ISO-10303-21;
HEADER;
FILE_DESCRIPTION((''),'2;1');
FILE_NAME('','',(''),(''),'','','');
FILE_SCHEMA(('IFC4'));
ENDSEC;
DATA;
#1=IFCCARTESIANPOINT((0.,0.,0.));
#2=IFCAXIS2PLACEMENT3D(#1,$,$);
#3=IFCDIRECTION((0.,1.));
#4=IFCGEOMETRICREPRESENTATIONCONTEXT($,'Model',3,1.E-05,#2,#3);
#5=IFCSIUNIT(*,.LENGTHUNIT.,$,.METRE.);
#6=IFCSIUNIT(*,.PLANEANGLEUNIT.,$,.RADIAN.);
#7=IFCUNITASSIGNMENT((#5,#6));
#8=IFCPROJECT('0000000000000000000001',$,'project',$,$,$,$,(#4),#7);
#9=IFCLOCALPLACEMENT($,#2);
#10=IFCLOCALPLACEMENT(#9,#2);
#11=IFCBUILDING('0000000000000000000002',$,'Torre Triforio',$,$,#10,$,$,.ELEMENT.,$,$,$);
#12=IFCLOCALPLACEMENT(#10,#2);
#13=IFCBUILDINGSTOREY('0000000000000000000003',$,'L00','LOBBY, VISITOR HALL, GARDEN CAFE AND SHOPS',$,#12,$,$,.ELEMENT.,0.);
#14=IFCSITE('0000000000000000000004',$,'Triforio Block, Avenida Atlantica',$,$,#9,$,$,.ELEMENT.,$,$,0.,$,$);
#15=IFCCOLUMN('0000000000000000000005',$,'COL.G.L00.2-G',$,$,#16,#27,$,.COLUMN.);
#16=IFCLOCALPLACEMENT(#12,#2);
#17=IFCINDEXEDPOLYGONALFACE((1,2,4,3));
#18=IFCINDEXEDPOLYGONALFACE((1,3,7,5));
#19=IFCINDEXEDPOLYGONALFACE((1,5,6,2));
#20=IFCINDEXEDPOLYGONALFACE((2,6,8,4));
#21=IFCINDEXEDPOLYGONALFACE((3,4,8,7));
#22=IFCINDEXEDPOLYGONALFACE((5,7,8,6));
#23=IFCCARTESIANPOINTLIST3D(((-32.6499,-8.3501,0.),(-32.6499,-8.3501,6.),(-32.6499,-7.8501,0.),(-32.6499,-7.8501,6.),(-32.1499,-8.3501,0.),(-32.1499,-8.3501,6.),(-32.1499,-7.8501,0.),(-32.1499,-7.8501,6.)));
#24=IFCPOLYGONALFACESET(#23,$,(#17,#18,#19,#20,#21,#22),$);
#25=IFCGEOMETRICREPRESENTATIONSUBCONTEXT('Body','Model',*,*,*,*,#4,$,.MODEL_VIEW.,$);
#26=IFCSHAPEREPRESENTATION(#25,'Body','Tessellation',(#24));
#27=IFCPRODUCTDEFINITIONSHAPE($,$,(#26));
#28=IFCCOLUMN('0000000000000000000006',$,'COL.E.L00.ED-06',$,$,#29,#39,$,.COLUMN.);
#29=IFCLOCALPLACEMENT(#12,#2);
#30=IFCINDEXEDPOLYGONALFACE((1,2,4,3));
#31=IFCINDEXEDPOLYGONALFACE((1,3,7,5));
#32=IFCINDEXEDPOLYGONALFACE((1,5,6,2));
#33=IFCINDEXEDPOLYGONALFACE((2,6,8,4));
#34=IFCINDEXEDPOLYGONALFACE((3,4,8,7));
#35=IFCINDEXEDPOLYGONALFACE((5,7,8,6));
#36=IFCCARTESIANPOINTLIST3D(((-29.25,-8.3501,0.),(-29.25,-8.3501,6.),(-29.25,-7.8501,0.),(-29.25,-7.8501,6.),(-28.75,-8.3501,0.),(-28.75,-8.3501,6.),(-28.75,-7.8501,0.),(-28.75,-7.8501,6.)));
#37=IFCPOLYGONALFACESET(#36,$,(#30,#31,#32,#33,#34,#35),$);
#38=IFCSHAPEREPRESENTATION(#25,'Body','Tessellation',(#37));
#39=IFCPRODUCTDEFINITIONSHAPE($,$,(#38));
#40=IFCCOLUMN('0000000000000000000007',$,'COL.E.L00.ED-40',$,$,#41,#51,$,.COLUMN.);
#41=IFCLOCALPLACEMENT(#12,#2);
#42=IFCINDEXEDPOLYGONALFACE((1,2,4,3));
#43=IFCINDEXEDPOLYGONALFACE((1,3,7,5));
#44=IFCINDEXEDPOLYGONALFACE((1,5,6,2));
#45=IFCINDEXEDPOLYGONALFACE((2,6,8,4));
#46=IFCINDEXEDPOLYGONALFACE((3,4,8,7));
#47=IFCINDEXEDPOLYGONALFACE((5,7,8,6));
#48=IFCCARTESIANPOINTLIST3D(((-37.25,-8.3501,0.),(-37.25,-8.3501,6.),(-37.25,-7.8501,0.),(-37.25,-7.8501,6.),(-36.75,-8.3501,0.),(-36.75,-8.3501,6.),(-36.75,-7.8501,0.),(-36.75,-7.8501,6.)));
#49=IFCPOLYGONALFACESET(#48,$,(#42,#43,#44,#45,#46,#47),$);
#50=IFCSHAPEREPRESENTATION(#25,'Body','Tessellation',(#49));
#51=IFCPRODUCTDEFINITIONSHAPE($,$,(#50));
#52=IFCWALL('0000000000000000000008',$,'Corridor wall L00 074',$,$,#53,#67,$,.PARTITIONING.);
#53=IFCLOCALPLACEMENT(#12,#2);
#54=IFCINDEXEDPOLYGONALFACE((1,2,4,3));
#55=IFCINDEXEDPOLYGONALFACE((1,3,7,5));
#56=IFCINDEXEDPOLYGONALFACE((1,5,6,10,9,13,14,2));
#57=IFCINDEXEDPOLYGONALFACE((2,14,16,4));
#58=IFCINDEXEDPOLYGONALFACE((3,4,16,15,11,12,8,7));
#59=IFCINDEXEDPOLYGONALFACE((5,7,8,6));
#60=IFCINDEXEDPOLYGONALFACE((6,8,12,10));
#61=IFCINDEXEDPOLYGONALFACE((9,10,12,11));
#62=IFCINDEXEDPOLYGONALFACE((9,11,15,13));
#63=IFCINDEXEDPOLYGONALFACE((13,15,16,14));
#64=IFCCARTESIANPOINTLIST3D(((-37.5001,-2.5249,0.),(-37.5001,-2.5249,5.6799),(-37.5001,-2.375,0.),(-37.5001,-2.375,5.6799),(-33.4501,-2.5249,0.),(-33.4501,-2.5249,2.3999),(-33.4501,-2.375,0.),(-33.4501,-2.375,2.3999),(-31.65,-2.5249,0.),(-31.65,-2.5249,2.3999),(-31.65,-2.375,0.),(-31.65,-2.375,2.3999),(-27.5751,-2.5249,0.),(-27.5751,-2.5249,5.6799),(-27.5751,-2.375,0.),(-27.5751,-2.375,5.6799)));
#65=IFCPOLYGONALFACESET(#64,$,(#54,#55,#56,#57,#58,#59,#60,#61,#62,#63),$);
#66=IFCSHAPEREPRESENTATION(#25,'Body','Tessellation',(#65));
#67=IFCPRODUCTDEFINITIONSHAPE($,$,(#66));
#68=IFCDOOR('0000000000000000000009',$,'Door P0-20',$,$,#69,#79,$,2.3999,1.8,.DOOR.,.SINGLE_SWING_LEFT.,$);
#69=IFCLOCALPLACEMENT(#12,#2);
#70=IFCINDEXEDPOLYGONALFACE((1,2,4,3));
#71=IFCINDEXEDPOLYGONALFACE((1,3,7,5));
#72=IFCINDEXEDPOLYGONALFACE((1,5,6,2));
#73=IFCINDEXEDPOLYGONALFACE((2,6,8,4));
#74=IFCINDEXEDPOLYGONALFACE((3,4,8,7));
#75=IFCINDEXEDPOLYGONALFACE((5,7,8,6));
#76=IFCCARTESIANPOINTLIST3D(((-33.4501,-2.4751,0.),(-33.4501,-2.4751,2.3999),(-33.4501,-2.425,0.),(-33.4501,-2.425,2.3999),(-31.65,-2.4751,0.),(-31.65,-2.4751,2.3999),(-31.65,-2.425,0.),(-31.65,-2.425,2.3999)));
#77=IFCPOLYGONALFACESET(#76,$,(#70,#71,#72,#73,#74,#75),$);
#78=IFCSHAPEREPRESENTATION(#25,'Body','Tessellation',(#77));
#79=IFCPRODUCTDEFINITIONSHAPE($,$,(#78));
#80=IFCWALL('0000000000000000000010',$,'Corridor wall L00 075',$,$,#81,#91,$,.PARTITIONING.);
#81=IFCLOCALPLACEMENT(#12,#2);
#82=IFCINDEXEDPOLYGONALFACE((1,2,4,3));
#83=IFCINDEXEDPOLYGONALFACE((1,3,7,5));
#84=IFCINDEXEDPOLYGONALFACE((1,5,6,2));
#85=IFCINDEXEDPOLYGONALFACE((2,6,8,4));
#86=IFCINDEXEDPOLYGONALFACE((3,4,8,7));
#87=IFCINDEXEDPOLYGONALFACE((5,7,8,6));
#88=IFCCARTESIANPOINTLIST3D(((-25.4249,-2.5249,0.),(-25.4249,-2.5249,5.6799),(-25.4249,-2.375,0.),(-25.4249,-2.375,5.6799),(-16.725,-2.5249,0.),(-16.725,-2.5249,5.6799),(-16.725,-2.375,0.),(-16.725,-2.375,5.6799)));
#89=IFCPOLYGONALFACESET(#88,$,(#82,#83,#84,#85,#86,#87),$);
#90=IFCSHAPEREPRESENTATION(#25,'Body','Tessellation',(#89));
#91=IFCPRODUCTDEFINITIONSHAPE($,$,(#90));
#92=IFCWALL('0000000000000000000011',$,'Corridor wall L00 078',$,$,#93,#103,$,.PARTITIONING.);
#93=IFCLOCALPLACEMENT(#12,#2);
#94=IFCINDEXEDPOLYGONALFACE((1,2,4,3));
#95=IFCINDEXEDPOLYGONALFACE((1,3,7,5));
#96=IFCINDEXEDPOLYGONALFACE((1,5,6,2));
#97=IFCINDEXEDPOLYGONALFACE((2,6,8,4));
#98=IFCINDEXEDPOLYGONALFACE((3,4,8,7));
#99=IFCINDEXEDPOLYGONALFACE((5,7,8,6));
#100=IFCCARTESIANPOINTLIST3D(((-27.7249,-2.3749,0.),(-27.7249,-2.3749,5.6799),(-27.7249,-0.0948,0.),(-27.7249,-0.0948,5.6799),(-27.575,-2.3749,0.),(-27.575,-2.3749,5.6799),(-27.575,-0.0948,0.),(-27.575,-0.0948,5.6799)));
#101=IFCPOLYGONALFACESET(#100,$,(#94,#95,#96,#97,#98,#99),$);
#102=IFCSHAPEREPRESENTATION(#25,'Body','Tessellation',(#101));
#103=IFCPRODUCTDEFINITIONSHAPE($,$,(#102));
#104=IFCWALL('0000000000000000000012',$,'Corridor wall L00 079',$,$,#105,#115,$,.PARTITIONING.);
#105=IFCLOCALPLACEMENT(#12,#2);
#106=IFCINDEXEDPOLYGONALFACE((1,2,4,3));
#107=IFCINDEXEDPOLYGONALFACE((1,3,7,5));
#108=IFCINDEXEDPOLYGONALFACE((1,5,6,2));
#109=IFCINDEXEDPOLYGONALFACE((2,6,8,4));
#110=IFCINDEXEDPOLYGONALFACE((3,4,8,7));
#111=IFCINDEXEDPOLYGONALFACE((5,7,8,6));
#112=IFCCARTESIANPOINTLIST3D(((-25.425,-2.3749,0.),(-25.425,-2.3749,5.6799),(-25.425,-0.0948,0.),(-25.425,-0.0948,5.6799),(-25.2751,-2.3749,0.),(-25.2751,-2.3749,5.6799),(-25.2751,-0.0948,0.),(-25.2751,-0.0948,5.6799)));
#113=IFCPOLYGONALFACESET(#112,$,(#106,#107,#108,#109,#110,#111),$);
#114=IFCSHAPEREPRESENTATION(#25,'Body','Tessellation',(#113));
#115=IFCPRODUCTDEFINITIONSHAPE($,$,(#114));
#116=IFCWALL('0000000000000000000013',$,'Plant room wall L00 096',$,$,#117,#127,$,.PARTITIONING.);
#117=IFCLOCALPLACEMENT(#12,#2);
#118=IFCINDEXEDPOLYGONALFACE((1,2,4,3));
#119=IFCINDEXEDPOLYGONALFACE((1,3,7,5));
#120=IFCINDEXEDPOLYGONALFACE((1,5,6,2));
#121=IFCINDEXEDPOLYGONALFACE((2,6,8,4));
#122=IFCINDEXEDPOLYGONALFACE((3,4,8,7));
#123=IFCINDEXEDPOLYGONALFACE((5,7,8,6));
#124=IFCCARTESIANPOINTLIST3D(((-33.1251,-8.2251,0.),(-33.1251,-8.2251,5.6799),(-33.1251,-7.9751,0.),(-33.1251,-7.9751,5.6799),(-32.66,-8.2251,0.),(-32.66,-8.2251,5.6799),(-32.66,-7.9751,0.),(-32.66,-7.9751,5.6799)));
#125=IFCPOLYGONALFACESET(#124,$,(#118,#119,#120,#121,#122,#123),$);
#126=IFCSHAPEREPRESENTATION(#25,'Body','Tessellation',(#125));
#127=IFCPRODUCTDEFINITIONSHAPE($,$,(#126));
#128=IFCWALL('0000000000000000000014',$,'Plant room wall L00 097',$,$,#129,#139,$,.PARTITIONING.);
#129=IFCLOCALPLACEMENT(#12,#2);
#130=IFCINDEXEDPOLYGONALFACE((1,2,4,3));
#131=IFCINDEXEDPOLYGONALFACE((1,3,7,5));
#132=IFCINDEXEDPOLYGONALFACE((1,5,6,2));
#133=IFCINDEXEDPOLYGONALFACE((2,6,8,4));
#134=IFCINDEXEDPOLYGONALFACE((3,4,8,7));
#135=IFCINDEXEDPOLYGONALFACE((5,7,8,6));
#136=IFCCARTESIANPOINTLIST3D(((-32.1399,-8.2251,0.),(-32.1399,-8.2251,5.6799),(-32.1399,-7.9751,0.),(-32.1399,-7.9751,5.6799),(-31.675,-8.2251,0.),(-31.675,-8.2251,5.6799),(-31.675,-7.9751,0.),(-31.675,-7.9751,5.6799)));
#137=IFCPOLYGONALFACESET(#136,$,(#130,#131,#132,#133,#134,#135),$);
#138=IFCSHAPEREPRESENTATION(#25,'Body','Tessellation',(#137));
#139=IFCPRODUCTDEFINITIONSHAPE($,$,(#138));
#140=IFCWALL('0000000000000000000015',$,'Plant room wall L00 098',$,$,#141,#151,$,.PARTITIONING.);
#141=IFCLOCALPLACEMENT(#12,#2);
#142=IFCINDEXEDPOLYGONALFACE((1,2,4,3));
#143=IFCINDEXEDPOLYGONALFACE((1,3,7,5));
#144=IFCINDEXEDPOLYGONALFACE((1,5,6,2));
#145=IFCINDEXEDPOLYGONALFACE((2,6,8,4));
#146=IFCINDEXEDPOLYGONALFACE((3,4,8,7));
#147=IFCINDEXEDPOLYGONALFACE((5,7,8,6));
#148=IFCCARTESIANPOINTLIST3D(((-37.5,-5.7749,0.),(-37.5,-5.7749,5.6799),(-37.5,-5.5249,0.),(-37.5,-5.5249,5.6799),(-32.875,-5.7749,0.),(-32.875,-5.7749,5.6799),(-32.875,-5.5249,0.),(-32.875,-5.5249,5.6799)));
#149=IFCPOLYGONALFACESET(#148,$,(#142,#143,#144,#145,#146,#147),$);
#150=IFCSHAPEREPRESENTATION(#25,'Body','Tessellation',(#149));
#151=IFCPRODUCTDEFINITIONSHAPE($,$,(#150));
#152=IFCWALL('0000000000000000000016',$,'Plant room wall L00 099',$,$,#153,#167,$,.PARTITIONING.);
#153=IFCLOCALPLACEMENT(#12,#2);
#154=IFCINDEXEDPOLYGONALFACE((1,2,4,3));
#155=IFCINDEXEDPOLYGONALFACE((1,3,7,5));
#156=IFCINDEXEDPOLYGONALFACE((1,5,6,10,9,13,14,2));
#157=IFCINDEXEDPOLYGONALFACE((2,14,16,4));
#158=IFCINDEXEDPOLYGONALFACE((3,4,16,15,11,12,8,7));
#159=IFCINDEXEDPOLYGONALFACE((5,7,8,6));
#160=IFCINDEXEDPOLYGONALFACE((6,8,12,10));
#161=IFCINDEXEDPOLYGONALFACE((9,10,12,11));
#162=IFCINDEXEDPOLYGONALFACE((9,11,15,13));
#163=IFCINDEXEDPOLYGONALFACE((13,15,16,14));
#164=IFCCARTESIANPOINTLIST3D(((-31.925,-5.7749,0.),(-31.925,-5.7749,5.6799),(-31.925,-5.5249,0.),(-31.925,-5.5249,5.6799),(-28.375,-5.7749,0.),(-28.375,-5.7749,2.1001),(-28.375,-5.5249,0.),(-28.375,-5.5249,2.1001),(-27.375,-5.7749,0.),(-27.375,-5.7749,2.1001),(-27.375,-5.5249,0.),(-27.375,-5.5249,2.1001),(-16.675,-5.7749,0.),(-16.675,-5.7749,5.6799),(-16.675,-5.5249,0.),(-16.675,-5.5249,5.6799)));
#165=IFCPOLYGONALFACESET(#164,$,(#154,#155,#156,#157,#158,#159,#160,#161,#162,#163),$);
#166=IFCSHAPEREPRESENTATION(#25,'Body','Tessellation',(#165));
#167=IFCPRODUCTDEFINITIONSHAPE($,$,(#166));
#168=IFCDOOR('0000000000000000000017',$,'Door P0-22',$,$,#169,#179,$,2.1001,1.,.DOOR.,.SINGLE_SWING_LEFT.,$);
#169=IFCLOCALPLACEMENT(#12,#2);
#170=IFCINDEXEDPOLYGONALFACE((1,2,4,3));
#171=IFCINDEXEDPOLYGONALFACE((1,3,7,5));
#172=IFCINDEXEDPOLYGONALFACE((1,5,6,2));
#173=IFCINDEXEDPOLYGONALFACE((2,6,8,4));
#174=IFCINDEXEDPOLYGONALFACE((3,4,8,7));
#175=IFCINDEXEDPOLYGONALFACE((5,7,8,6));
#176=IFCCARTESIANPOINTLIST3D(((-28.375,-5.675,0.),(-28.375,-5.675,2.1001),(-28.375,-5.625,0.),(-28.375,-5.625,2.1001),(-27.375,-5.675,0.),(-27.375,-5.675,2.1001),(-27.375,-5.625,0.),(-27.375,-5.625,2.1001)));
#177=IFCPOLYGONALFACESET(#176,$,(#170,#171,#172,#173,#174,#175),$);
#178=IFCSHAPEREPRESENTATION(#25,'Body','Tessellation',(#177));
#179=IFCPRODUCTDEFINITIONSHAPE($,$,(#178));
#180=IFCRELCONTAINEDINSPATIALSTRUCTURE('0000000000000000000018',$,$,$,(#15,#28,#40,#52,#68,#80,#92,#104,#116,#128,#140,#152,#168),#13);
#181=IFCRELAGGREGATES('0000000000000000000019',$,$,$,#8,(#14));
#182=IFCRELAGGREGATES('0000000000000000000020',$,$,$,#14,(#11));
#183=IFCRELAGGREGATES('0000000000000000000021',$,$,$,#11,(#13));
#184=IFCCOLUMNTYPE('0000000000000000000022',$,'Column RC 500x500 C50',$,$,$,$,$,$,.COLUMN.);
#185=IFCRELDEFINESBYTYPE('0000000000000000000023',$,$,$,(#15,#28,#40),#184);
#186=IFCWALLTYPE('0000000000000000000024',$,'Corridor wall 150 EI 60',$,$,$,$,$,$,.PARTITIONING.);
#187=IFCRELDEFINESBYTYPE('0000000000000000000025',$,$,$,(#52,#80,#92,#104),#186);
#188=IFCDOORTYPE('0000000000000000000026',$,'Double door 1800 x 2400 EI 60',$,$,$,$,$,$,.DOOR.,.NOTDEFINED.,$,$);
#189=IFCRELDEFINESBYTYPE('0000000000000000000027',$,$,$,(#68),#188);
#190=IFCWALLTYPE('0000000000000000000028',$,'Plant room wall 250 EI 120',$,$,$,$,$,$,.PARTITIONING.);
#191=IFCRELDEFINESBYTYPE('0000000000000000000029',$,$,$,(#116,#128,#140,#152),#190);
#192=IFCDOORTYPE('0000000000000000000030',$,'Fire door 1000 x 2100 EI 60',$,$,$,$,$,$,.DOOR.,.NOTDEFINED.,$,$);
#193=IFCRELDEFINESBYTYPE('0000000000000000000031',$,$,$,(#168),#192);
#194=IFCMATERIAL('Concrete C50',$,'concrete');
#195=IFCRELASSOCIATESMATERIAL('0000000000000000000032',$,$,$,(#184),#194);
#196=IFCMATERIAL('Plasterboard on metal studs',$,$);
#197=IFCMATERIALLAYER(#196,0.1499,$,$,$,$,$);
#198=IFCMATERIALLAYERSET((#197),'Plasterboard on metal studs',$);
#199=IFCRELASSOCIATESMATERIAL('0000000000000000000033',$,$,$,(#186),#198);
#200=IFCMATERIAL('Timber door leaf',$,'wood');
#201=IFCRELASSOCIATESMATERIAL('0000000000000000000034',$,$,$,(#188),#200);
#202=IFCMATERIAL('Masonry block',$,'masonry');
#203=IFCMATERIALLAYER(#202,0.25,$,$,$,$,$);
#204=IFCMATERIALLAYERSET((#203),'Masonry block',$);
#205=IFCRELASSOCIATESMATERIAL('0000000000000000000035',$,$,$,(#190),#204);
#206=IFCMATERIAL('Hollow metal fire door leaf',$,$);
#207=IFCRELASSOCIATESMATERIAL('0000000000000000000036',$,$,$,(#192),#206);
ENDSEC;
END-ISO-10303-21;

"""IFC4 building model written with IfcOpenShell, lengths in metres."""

from ifc_helpers import new_model, si_unit, direction, frame, frame_2d, origin, origin_2d, place, context, subcontext, project, spatial, rectangle, extrude, material, layer, layer_set, material_profile, profile_set, type_object, element, fill, save


model = new_model("IFC4")

# Units and contexts
model_context = context("Model", 3, precision=1e-05, world=origin(), true_north=direction((0.0, 1.0)))
body_context = subcontext(model_context, "Body", "Model", "MODEL_VIEW")
ifc_project = project(units=[si_unit("LENGTHUNIT", "METRE"), si_unit("PLANEANGLEUNIT", "RADIAN")], contexts=[model_context])

# Site, building, storey
site_placement = place(None, origin())
site = spatial("IfcSite", under=ifc_project, at=site_placement, Name="Triforio Block, Avenida Atlantica", CompositionType="ELEMENT", RefElevation=0.0)
building_placement = place(site_placement, origin())
building = spatial("IfcBuilding", under=site, at=building_placement, Name="Torre Triforio", CompositionType="ELEMENT")
storey_placement = place(building_placement, origin())
storey = spatial("IfcBuildingStorey", under=building, at=storey_placement, Name="L00", Description="LOBBY, VISITOR HALL, GARDEN CAFE AND SHOPS", CompositionType="ELEMENT", Elevation=0.0)

# Columns
ifc_material_1 = material(Name="Concrete C50", Category="concrete")
ifc_material_profile = material_profile(ifc_material_1, rectangle(XDim=0.5, YDim=0.5, at=origin_2d()), Name="RC 500x500")
ifc_profile_set = profile_set([ifc_material_profile], Name="Concrete C50")
column_type = type_object("IfcColumnType", Name="Column RC 500x500 C50", PredefinedType="COLUMN", material=ifc_profile_set)
for number, where, z_axis, x_axis, name in (
    (1, (-32.3999, -8.1001, 0.0), (0.0, 0.0, 1.0), (1.0, 0.0, 0.0), "COL.G.L00.2-G"),
    (2, (-29.0, -8.1001, 0.0), (0.0, 0.0, 1.0), (1.0, 0.0, 0.0), "COL.E.L00.ED-06"),
    (3, (-37.0, -8.1001, 0.0), (0.0, 0.0, 1.0), (1.0, 0.0, 0.0), "COL.E.L00.ED-40"),
):
    element("IfcColumn", number, at=place(storey_placement, frame(where, z_axis=z_axis, x_axis=x_axis)), inside=storey, type_object=column_type, Name=name, PredefinedType="COLUMN", context=body_context, shape_type="SweptSolid", body=[
        extrude(rectangle(XDim=0.5, YDim=0.5, at=origin_2d()), origin(), (0.0, 0.0, 1.0), 6.0),
    ])

# Wall, opening, door
ifc_material_2 = material(Name="Plasterboard on metal studs")
ifc_layer_1 = layer(ifc_material_2, 0.1499)
ifc_layer_set_1 = layer_set([ifc_layer_1], Name="Plasterboard on metal studs")
wall_type_1 = type_object("IfcWallType", Name="Corridor wall 150 EI 60", PredefinedType="PARTITIONING", material=ifc_layer_set_1)
wall_1_placement = place(storey_placement, frame((-37.5, -2.45, 0.0), z_axis=(0.0, 0.0, 1.0), x_axis=(1.0, 0.0, 0.0)))
wall_1 = element("IfcWall", 4, at=wall_1_placement, inside=storey, type_object=wall_type_1, Name="Corridor wall L00 074", PredefinedType="PARTITIONING", context=body_context, shape_type="SweptSolid", body=[
    extrude(rectangle(XDim=9.925, YDim=0.1499, at=frame_2d((4.9624, 0.0))), origin(), (0.0, 0.0, 1.0), 5.6799),
])
opening_1_placement = place(wall_1_placement, frame((4.05, 0.0, 0.0)))
opening_1 = element("IfcOpeningElement", 5, at=opening_1_placement, cuts=wall_1, PredefinedType="OPENING", context=body_context, shape_type="SweptSolid", body=[
    extrude(rectangle(XDim=1.8, YDim=2.3999, at=frame_2d((0.8999, 1.2))), frame((0.0, 0.085, 0.0), z_axis=(0.0, -1.0, 0.0), x_axis=(1.0, 0.0, 0.0)), (0.0, 0.0, 1.0), 0.1699),
])
ifc_material_3 = material(Name="Timber door leaf", Category="wood")
door_type_1 = type_object("IfcDoorType", Name="Double door 1800 x 2400 EI 60", OperationType="NOTDEFINED", PredefinedType="DOOR", material=ifc_material_3)
door_1_placement = place(opening_1_placement, origin())
door_1 = element("IfcDoor", 6, at=door_1_placement, inside=storey, type_object=door_type_1, Name="Door P0-20", OperationType="SINGLE_SWING_LEFT", OverallHeight=2.3999, OverallWidth=1.8, PredefinedType="DOOR", context=body_context, shape_type="SweptSolid", body=[
    extrude(rectangle(XDim=1.8, YDim=2.3999, at=frame_2d((0.8999, 1.2))), frame((0.0, 0.0249, 0.0), z_axis=(0.0, -1.0, 0.0), x_axis=(1.0, 0.0, 0.0)), (0.0, 0.0, 1.0), 0.05),
])
fill(opening_1, door_1)

# Walls
wall_2_placement = place(storey_placement, frame((-25.425, -2.45, 0.0), z_axis=(0.0, 0.0, 1.0), x_axis=(1.0, 0.0, 0.0)))
element("IfcWall", 7, at=wall_2_placement, inside=storey, type_object=wall_type_1, Name="Corridor wall L00 075", PredefinedType="PARTITIONING", context=body_context, shape_type="SweptSolid", body=[
    extrude(rectangle(XDim=8.7, YDim=0.1499, at=frame_2d((4.3501, 0.0))), origin(), (0.0, 0.0, 1.0), 5.6799),
])
for number, where, z_axis, x_axis, name in (
    (8, (-27.6499, -2.375, 0.0), (0.0, 0.0, 1.0), (0.0, 1.0, 0.0), "Corridor wall L00 078"),
    (9, (-25.3501, -2.375, 0.0), (0.0, 0.0, 1.0), (0.0, 1.0, 0.0), "Corridor wall L00 079"),
):
    element("IfcWall", number, at=place(storey_placement, frame(where, z_axis=z_axis, x_axis=x_axis)), inside=storey, type_object=wall_type_1, Name=name, PredefinedType="PARTITIONING", context=body_context, shape_type="SweptSolid", body=[
        extrude(rectangle(XDim=2.28, YDim=0.1499, at=frame_2d((1.1401, 0.0))), origin(), (0.0, 0.0, 1.0), 5.6799),
    ])
ifc_material_4 = material(Name="Masonry block", Category="masonry")
ifc_layer_2 = layer(ifc_material_4, 0.25)
ifc_layer_set_2 = layer_set([ifc_layer_2], Name="Masonry block")
wall_type_2 = type_object("IfcWallType", Name="Plant room wall 250 EI 120", PredefinedType="PARTITIONING", material=ifc_layer_set_2)
wall_3_placement = place(storey_placement, frame((-33.125, -8.1001, 0.0), z_axis=(0.0, 0.0, 1.0), x_axis=(1.0, 0.0, 0.0)))
element("IfcWall", 10, at=wall_3_placement, inside=storey, type_object=wall_type_2, Name="Plant room wall L00 096", PredefinedType="PARTITIONING", context=body_context, shape_type="SweptSolid", body=[
    extrude(rectangle(XDim=0.4651, YDim=0.25, at=frame_2d((0.2324, 0.0))), origin(), (0.0, 0.0, 1.0), 5.6799),
])
wall_4_placement = place(storey_placement, frame((-32.1399, -8.1001, 0.0), z_axis=(0.0, 0.0, 1.0), x_axis=(1.0, 0.0, 0.0)))
element("IfcWall", 11, at=wall_4_placement, inside=storey, type_object=wall_type_2, Name="Plant room wall L00 097", PredefinedType="PARTITIONING", context=body_context, shape_type="SweptSolid", body=[
    extrude(rectangle(XDim=0.4648, YDim=0.25, at=frame_2d((0.2324, 0.0))), origin(), (0.0, 0.0, 1.0), 5.6799),
])
wall_5_placement = place(storey_placement, frame((-37.5, -5.6499, 0.0), z_axis=(0.0, 0.0, 1.0), x_axis=(1.0, 0.0, 0.0)))
element("IfcWall", 12, at=wall_5_placement, inside=storey, type_object=wall_type_2, Name="Plant room wall L00 098", PredefinedType="PARTITIONING", context=body_context, shape_type="SweptSolid", body=[
    extrude(rectangle(XDim=4.625, YDim=0.25, at=frame_2d((2.3125, 0.0))), origin(), (0.0, 0.0, 1.0), 5.6799),
])

# Wall, opening, door
wall_6_placement = place(storey_placement, frame((-31.925, -5.6499, 0.0), z_axis=(0.0, 0.0, 1.0), x_axis=(1.0, 0.0, 0.0)))
wall_6 = element("IfcWall", 13, at=wall_6_placement, inside=storey, type_object=wall_type_2, Name="Plant room wall L00 099", PredefinedType="PARTITIONING", context=body_context, shape_type="SweptSolid", body=[
    extrude(rectangle(XDim=15.25, YDim=0.25, at=frame_2d((7.625, 0.0))), origin(), (0.0, 0.0, 1.0), 5.6799),
])
opening_2_placement = place(wall_6_placement, frame((3.55, 0.0, 0.0)))
opening_2 = element("IfcOpeningElement", 14, at=opening_2_placement, cuts=wall_6, PredefinedType="OPENING", context=body_context, shape_type="SweptSolid", body=[
    extrude(rectangle(XDim=1.0, YDim=2.1001, at=frame_2d((0.5, 1.05))), frame((0.0, 0.135, 0.0), z_axis=(0.0, -1.0, 0.0), x_axis=(1.0, 0.0, 0.0)), (0.0, 0.0, 1.0), 0.27),
])
ifc_material_5 = material(Name="Hollow metal fire door leaf")
door_type_2 = type_object("IfcDoorType", Name="Fire door 1000 x 2100 EI 60", OperationType="NOTDEFINED", PredefinedType="DOOR", material=ifc_material_5)
door_2_placement = place(opening_2_placement, origin())
door_2 = element("IfcDoor", 15, at=door_2_placement, inside=storey, type_object=door_type_2, Name="Door P0-22", OperationType="SINGLE_SWING_LEFT", OverallHeight=2.1001, OverallWidth=1.0, PredefinedType="DOOR", context=body_context, shape_type="SweptSolid", body=[
    extrude(rectangle(XDim=1.0, YDim=2.1001, at=frame_2d((0.5, 1.05))), frame((0.0, 0.0249, 0.0), z_axis=(0.0, -1.0, 0.0), x_axis=(1.0, 0.0, 0.0)), (0.0, 0.0, 1.0), 0.05),
])
fill(opening_2, door_2)

save(model, "model.ifc")
